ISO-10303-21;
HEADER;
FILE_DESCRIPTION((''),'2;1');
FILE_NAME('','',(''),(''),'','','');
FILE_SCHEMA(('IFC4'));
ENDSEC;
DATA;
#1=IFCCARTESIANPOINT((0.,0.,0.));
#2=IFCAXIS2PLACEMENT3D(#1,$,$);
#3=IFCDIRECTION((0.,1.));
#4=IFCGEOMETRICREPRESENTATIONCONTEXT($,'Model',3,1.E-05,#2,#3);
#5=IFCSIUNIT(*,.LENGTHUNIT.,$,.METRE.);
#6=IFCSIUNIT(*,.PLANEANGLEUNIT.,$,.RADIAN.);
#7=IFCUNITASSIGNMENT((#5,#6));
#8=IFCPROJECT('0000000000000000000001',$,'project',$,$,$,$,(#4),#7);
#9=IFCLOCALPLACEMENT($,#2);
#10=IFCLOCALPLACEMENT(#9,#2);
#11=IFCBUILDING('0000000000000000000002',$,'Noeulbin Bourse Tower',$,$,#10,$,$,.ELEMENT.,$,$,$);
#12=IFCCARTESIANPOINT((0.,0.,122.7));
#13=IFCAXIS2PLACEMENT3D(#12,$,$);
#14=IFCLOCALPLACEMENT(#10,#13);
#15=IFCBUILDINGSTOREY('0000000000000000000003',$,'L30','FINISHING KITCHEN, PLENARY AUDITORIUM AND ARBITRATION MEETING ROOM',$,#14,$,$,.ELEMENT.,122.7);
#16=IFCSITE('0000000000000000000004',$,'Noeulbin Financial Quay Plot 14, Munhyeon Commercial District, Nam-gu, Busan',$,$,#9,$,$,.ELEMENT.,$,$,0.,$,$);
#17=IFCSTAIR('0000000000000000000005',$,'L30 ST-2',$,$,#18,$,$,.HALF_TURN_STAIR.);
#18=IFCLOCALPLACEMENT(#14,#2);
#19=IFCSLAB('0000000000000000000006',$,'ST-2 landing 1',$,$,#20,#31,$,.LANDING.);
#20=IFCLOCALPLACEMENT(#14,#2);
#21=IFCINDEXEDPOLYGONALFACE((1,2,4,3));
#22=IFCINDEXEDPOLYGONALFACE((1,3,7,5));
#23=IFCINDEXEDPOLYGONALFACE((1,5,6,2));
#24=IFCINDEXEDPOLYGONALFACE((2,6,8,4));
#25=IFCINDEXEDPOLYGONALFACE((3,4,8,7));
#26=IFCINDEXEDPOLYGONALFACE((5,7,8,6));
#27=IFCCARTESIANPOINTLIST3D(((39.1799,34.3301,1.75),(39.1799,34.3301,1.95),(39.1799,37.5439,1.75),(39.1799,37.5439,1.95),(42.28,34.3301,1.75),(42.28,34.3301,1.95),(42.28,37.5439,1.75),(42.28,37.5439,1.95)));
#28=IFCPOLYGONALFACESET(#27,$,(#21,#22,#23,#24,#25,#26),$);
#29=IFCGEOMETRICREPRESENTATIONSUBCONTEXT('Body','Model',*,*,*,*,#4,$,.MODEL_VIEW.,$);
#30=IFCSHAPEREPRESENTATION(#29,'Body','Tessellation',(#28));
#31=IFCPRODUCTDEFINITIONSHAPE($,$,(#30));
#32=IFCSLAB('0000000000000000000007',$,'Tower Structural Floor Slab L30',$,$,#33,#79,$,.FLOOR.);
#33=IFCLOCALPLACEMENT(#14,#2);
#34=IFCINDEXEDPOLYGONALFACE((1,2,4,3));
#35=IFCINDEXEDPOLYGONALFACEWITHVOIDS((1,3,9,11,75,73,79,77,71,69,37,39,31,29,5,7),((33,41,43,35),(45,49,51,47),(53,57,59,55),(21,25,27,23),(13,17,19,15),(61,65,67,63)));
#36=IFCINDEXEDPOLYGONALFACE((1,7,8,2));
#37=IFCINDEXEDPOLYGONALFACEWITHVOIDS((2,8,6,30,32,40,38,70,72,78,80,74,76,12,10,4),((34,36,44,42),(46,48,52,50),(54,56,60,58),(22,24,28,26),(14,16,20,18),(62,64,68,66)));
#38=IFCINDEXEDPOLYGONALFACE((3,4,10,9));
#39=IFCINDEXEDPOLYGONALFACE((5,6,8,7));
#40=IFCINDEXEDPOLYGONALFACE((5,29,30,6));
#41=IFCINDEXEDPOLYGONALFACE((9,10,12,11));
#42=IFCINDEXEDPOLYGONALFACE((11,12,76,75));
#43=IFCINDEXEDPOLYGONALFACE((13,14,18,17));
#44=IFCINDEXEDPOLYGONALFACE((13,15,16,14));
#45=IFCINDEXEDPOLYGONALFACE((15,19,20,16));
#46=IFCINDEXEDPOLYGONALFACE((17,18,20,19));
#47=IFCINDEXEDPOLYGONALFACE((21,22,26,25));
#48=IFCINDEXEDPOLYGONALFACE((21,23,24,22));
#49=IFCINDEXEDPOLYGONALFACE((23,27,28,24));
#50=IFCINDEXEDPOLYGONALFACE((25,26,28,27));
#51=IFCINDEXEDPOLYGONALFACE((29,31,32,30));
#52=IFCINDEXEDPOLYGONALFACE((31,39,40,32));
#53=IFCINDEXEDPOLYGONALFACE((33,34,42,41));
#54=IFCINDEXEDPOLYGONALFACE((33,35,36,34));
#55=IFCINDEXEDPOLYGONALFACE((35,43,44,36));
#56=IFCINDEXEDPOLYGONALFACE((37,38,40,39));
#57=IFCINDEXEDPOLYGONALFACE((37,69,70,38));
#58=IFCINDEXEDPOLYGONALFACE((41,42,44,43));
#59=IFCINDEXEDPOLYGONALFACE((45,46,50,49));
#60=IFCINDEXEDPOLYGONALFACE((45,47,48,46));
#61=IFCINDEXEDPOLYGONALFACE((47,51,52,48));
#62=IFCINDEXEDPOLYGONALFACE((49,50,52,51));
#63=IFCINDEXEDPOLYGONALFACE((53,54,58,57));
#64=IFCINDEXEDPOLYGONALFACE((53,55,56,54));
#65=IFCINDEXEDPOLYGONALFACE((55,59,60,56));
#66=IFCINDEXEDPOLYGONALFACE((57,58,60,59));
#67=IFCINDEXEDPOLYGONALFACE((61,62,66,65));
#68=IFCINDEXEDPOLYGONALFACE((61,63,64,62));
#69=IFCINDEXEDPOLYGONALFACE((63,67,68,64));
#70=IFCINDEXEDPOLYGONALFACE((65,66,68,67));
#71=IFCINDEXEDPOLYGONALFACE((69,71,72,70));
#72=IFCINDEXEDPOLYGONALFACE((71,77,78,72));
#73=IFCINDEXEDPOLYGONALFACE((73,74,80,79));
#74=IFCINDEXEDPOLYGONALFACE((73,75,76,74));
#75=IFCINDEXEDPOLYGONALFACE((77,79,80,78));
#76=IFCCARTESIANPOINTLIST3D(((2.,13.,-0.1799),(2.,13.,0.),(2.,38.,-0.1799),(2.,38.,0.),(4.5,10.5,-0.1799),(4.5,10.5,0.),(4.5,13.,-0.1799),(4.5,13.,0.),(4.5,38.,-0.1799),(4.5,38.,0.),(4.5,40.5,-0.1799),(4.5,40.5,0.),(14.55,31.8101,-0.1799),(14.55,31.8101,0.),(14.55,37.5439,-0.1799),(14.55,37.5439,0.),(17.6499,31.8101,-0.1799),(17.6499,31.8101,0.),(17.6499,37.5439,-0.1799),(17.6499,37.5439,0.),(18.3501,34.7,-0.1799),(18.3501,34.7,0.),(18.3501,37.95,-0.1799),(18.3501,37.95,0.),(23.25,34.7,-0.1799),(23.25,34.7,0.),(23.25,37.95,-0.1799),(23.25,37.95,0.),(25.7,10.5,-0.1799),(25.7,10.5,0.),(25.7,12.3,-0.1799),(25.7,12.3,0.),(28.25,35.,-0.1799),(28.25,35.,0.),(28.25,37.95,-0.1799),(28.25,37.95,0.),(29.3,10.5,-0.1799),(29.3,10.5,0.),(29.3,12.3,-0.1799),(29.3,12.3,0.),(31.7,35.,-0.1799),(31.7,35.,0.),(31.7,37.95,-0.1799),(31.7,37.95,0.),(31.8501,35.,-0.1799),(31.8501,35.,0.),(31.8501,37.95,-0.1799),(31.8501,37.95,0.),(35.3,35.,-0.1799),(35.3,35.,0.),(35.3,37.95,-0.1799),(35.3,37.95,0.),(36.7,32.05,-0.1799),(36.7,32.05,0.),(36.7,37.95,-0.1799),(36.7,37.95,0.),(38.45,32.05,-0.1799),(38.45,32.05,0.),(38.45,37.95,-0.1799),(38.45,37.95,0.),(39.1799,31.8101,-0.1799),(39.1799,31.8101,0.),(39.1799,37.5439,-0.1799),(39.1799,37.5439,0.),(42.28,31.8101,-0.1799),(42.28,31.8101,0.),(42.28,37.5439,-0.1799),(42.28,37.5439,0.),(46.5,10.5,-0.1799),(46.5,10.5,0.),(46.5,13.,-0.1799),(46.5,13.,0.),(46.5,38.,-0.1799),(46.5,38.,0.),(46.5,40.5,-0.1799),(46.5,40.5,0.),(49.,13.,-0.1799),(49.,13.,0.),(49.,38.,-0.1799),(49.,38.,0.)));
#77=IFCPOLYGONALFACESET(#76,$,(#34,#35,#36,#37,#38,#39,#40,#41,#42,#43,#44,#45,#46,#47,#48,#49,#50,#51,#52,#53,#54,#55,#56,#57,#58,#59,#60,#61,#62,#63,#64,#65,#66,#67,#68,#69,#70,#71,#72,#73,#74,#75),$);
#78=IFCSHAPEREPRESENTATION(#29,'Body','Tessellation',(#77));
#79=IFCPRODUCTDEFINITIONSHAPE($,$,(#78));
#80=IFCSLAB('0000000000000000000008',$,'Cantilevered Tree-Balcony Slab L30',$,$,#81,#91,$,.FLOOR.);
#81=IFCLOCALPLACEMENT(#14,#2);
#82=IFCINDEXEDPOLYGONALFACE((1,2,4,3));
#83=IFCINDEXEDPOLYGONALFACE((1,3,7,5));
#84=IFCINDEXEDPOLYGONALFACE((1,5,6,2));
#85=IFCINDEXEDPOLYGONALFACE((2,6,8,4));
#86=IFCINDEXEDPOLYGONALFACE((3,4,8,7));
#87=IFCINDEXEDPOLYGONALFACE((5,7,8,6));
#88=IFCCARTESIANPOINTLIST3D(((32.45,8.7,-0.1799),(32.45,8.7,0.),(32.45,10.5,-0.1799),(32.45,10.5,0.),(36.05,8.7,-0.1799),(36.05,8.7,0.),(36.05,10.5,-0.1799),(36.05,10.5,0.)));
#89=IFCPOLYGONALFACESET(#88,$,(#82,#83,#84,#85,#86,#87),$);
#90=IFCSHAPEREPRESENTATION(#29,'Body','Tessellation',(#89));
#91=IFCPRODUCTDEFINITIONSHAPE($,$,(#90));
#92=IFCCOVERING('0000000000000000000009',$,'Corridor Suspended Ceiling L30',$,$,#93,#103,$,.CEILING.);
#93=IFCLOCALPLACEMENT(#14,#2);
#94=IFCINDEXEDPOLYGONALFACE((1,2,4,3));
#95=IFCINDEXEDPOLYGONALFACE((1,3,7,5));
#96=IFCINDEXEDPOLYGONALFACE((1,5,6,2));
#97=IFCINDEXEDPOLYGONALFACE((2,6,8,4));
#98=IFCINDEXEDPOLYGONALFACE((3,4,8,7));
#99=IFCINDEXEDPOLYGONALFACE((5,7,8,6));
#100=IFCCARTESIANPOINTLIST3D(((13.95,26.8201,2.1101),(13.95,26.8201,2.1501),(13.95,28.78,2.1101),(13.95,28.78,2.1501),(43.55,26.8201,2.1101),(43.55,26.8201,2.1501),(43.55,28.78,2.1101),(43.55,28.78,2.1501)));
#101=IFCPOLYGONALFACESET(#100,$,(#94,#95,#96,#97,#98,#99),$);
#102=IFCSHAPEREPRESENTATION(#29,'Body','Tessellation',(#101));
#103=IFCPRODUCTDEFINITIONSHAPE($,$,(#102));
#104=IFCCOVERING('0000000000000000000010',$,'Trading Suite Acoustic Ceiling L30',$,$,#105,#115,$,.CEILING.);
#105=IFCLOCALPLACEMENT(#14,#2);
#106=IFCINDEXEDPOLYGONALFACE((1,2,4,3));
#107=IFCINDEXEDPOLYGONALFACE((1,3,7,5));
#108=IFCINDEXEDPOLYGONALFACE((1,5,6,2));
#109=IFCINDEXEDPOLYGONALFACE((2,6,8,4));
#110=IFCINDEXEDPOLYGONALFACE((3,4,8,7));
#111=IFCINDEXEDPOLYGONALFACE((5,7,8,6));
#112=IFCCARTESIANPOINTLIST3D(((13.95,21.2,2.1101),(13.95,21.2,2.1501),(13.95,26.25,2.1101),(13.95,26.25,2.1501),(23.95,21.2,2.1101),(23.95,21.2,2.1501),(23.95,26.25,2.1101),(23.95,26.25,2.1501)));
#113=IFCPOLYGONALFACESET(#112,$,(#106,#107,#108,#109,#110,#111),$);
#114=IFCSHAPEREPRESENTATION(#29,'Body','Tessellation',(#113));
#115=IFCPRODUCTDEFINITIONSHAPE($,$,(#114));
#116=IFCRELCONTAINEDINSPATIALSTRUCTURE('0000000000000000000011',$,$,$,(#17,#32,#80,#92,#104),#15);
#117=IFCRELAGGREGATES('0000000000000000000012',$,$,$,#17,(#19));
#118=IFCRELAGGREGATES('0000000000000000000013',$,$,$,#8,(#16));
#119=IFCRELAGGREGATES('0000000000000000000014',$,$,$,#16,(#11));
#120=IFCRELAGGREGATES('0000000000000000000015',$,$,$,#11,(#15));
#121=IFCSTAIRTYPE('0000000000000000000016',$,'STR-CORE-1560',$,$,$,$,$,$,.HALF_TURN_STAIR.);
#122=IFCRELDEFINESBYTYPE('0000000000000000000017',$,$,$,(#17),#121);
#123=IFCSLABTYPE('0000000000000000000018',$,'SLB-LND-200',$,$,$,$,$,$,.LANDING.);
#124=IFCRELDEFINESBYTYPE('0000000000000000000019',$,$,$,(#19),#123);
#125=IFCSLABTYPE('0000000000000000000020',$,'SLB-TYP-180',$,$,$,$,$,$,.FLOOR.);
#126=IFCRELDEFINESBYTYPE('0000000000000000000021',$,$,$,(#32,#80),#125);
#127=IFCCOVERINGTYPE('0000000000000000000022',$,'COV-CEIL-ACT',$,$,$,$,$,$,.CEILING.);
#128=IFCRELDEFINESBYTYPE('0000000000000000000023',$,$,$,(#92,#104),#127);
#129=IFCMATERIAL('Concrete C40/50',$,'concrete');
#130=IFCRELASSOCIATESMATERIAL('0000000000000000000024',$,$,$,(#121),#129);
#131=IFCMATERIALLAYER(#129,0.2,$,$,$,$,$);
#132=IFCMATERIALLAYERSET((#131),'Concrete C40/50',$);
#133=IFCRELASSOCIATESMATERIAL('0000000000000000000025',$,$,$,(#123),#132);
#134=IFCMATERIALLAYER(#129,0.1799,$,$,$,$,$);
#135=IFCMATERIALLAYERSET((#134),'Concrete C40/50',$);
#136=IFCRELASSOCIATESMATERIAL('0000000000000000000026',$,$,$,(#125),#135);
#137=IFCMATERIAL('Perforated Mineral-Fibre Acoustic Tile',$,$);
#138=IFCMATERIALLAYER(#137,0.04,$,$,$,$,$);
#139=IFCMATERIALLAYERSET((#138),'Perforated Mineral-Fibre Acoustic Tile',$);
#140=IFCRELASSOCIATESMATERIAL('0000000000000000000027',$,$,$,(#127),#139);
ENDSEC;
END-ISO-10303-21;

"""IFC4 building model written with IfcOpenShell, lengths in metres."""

from ifc_helpers import new_model, si_unit, direction, frame, origin, place, context, subcontext, project, spatial, polyline, outline, extrude, material, layer, layer_set, type_object, element, aggregate, save


model = new_model("IFC4")

# Units and contexts
model_context = context("Model", 3, precision=1e-05, world=origin(), true_north=direction((0.0, 1.0)))
body_context = subcontext(model_context, "Body", "Model", "MODEL_VIEW")
ifc_project = project(units=[si_unit("LENGTHUNIT", "METRE"), si_unit("PLANEANGLEUNIT", "RADIAN")], contexts=[model_context])

# Site, building, storey
site_placement = place(None, origin())
site = spatial("IfcSite", under=ifc_project, at=site_placement, Name="Noeulbin Financial Quay Plot 14, Munhyeon Commercial District, Nam-gu, Busan", CompositionType="ELEMENT", RefElevation=0.0)
building_placement = place(site_placement, origin())
building = spatial("IfcBuilding", under=site, at=building_placement, Name="Noeulbin Bourse Tower", CompositionType="ELEMENT")
storey_placement = place(building_placement, frame((0.0, 0.0, 122.7)))
storey = spatial("IfcBuildingStorey", under=building, at=storey_placement, Name="L30", Description="FINISHING KITCHEN, PLENARY AUDITORIUM AND ARBITRATION MEETING ROOM", CompositionType="ELEMENT", Elevation=122.7)

# Stair, slab
ifc_material_1 = material(Name="Concrete C40/50", Category="concrete")
stair_type = type_object("IfcStairType", Name="STR-CORE-1560", PredefinedType="HALF_TURN_STAIR", material=ifc_material_1)
ifc_layer_1 = layer(ifc_material_1, 0.2)
ifc_layer_set_1 = layer_set([ifc_layer_1], Name="Concrete C40/50")
slab_type_1 = type_object("IfcSlabType", Name="SLB-LND-200", PredefinedType="LANDING", material=ifc_layer_set_1)
stair_1_placement = place(storey_placement, origin())
stair_1 = element("IfcStair", 1, at=stair_1_placement, inside=storey, type_object=stair_type, Name="L30 ST-2", PredefinedType="HALF_TURN_STAIR")
slab_1_placement = place(storey_placement, frame((0.0, 0.0, 1.75)))
slab_1 = element("IfcSlab", 2, at=slab_1_placement, type_object=slab_type_1, Name="ST-2 landing 1", PredefinedType="LANDING", context=body_context, shape_type="SweptSolid", body=[
    extrude(outline(polyline([(42.28, 34.3301), (42.28, 37.5439), (39.1799, 37.5439), (39.1799, 34.3301), (42.28, 34.3301)])), origin(), (0.0, 0.0, 1.0), 0.2),
])
aggregate(stair_1, [slab_1])

# Slab, openings
ifc_layer_2 = layer(ifc_material_1, 0.1799)
ifc_layer_set_2 = layer_set([ifc_layer_2], Name="Concrete C40/50")
slab_type_2 = type_object("IfcSlabType", Name="SLB-TYP-180", PredefinedType="FLOOR", material=ifc_layer_set_2)
slab_2_placement = place(storey_placement, frame((0.0, 0.0, -0.1799)))
slab_2 = element("IfcSlab", 3, at=slab_2_placement, inside=storey, type_object=slab_type_2, Name="Tower Structural Floor Slab L30", PredefinedType="FLOOR", context=body_context, shape_type="SweptSolid", body=[
    extrude(outline(polyline([(4.5, 10.5), (25.7, 10.5), (25.7, 12.3), (29.3, 12.3), (29.3, 10.5), (46.5, 10.5), (46.5, 13.0), (49.0, 13.0), (49.0, 38.0), (46.5, 38.0), (46.5, 40.5), (4.5, 40.5), (4.5, 38.0), (2.0, 38.0), (2.0, 13.0), (4.5, 13.0), (4.5, 10.5)]), holes=[polyline([(17.6499, 31.8101), (17.6499, 37.5439), (14.55, 37.5439), (14.55, 31.8101), (17.6499, 31.8101)]), polyline([(42.28, 31.8101), (42.28, 37.5439), (39.1799, 37.5439), (39.1799, 31.8101), (42.28, 31.8101)]), polyline([(18.3501, 34.7), (23.25, 34.7), (23.25, 37.95), (18.3501, 37.95), (18.3501, 34.7)]), polyline([(36.7, 32.05), (38.45, 32.05), (38.45, 37.95), (36.7, 37.95), (36.7, 32.05)]), polyline([(28.25, 35.0), (31.7, 35.0), (31.7, 37.95), (28.25, 37.95), (28.25, 35.0)]), polyline([(31.8501, 35.0), (35.3, 35.0), (35.3, 37.95), (31.8501, 37.95), (31.8501, 35.0)])]), origin(), (0.0, 0.0, 1.0), 0.1799),
])
opening_1_placement = place(slab_2_placement, frame((0.0, 0.0, -0.01)))
element("IfcOpeningElement", 4, at=opening_1_placement, cuts=slab_2, PredefinedType="OPENING", context=body_context, shape_type="SweptSolid", body=[
    extrude(outline(polyline([(17.6499, 31.8101), (17.6499, 37.5439), (14.55, 37.5439), (14.55, 31.8101), (17.6499, 31.8101)])), origin(), (0.0, 0.0, 1.0), 0.2),
])
opening_2_placement = place(slab_2_placement, frame((0.0, 0.0, -0.01)))
element("IfcOpeningElement", 5, at=opening_2_placement, cuts=slab_2, PredefinedType="OPENING", context=body_context, shape_type="SweptSolid", body=[
    extrude(outline(polyline([(42.28, 31.8101), (42.28, 37.5439), (39.1799, 37.5439), (39.1799, 31.8101), (42.28, 31.8101)])), origin(), (0.0, 0.0, 1.0), 0.2),
])
opening_3_placement = place(slab_2_placement, frame((0.0, 0.0, -0.01)))
element("IfcOpeningElement", 6, at=opening_3_placement, cuts=slab_2, PredefinedType="OPENING", context=body_context, shape_type="SweptSolid", body=[
    extrude(outline(polyline([(18.3501, 34.7), (23.25, 34.7), (23.25, 37.95), (18.3501, 37.95), (18.3501, 34.7)])), origin(), (0.0, 0.0, 1.0), 0.2),
])
opening_4_placement = place(slab_2_placement, frame((0.0, 0.0, -0.01)))
element("IfcOpeningElement", 7, at=opening_4_placement, cuts=slab_2, PredefinedType="OPENING", context=body_context, shape_type="SweptSolid", body=[
    extrude(outline(polyline([(36.7, 32.05), (38.45, 32.05), (38.45, 37.95), (36.7, 37.95), (36.7, 32.05)])), origin(), (0.0, 0.0, 1.0), 0.2),
])
opening_5_placement = place(slab_2_placement, frame((0.0, 0.0, -0.01)))
element("IfcOpeningElement", 8, at=opening_5_placement, cuts=slab_2, PredefinedType="OPENING", context=body_context, shape_type="SweptSolid", body=[
    extrude(outline(polyline([(28.25, 35.0), (31.7, 35.0), (31.7, 37.95), (28.25, 37.95), (28.25, 35.0)])), origin(), (0.0, 0.0, 1.0), 0.2),
])
opening_6_placement = place(slab_2_placement, frame((0.0, 0.0, -0.01)))
element("IfcOpeningElement", 9, at=opening_6_placement, cuts=slab_2, PredefinedType="OPENING", context=body_context, shape_type="SweptSolid", body=[
    extrude(outline(polyline([(31.8501, 35.0), (35.3, 35.0), (35.3, 37.95), (31.8501, 37.95), (31.8501, 35.0)])), origin(), (0.0, 0.0, 1.0), 0.2),
])

# Slab
slab_3_placement = place(storey_placement, frame((0.0, 0.0, -0.1799)))
element("IfcSlab", 10, at=slab_3_placement, inside=storey, type_object=slab_type_2, Name="Cantilevered Tree-Balcony Slab L30", PredefinedType="FLOOR", context=body_context, shape_type="SweptSolid", body=[
    extrude(outline(polyline([(32.45, 8.7), (36.05, 8.7), (36.05, 10.5), (32.45, 10.5), (32.45, 8.7)])), origin(), (0.0, 0.0, 1.0), 0.1799),
])

# Coverings
ifc_material_2 = material(Name="Perforated Mineral-Fibre Acoustic Tile")
ifc_layer_3 = layer(ifc_material_2, 0.04)
ifc_layer_set_3 = layer_set([ifc_layer_3], Name="Perforated Mineral-Fibre Acoustic Tile")
covering_type = type_object("IfcCoveringType", Name="COV-CEIL-ACT", PredefinedType="CEILING", material=ifc_layer_set_3)
covering_1_placement = place(storey_placement, frame((0.0, 0.0, 2.1101)))
element("IfcCovering", 11, at=covering_1_placement, inside=storey, type_object=covering_type, Name="Corridor Suspended Ceiling L30", PredefinedType="CEILING", context=body_context, shape_type="SweptSolid", body=[
    extrude(outline(polyline([(13.95, 26.8201), (43.55, 26.8201), (43.55, 28.78), (13.95, 28.78), (13.95, 26.8201)])), origin(), (0.0, 0.0, 1.0), 0.04),
])
covering_2_placement = place(storey_placement, frame((0.0, 0.0, 2.1101)))
element("IfcCovering", 12, at=covering_2_placement, inside=storey, type_object=covering_type, Name="Trading Suite Acoustic Ceiling L30", PredefinedType="CEILING", context=body_context, shape_type="SweptSolid", body=[
    extrude(outline(polyline([(13.95, 21.2), (23.95, 21.2), (23.95, 26.25), (13.95, 26.25), (13.95, 21.2)])), origin(), (0.0, 0.0, 1.0), 0.04),
])

save(model, "model.ifc")
